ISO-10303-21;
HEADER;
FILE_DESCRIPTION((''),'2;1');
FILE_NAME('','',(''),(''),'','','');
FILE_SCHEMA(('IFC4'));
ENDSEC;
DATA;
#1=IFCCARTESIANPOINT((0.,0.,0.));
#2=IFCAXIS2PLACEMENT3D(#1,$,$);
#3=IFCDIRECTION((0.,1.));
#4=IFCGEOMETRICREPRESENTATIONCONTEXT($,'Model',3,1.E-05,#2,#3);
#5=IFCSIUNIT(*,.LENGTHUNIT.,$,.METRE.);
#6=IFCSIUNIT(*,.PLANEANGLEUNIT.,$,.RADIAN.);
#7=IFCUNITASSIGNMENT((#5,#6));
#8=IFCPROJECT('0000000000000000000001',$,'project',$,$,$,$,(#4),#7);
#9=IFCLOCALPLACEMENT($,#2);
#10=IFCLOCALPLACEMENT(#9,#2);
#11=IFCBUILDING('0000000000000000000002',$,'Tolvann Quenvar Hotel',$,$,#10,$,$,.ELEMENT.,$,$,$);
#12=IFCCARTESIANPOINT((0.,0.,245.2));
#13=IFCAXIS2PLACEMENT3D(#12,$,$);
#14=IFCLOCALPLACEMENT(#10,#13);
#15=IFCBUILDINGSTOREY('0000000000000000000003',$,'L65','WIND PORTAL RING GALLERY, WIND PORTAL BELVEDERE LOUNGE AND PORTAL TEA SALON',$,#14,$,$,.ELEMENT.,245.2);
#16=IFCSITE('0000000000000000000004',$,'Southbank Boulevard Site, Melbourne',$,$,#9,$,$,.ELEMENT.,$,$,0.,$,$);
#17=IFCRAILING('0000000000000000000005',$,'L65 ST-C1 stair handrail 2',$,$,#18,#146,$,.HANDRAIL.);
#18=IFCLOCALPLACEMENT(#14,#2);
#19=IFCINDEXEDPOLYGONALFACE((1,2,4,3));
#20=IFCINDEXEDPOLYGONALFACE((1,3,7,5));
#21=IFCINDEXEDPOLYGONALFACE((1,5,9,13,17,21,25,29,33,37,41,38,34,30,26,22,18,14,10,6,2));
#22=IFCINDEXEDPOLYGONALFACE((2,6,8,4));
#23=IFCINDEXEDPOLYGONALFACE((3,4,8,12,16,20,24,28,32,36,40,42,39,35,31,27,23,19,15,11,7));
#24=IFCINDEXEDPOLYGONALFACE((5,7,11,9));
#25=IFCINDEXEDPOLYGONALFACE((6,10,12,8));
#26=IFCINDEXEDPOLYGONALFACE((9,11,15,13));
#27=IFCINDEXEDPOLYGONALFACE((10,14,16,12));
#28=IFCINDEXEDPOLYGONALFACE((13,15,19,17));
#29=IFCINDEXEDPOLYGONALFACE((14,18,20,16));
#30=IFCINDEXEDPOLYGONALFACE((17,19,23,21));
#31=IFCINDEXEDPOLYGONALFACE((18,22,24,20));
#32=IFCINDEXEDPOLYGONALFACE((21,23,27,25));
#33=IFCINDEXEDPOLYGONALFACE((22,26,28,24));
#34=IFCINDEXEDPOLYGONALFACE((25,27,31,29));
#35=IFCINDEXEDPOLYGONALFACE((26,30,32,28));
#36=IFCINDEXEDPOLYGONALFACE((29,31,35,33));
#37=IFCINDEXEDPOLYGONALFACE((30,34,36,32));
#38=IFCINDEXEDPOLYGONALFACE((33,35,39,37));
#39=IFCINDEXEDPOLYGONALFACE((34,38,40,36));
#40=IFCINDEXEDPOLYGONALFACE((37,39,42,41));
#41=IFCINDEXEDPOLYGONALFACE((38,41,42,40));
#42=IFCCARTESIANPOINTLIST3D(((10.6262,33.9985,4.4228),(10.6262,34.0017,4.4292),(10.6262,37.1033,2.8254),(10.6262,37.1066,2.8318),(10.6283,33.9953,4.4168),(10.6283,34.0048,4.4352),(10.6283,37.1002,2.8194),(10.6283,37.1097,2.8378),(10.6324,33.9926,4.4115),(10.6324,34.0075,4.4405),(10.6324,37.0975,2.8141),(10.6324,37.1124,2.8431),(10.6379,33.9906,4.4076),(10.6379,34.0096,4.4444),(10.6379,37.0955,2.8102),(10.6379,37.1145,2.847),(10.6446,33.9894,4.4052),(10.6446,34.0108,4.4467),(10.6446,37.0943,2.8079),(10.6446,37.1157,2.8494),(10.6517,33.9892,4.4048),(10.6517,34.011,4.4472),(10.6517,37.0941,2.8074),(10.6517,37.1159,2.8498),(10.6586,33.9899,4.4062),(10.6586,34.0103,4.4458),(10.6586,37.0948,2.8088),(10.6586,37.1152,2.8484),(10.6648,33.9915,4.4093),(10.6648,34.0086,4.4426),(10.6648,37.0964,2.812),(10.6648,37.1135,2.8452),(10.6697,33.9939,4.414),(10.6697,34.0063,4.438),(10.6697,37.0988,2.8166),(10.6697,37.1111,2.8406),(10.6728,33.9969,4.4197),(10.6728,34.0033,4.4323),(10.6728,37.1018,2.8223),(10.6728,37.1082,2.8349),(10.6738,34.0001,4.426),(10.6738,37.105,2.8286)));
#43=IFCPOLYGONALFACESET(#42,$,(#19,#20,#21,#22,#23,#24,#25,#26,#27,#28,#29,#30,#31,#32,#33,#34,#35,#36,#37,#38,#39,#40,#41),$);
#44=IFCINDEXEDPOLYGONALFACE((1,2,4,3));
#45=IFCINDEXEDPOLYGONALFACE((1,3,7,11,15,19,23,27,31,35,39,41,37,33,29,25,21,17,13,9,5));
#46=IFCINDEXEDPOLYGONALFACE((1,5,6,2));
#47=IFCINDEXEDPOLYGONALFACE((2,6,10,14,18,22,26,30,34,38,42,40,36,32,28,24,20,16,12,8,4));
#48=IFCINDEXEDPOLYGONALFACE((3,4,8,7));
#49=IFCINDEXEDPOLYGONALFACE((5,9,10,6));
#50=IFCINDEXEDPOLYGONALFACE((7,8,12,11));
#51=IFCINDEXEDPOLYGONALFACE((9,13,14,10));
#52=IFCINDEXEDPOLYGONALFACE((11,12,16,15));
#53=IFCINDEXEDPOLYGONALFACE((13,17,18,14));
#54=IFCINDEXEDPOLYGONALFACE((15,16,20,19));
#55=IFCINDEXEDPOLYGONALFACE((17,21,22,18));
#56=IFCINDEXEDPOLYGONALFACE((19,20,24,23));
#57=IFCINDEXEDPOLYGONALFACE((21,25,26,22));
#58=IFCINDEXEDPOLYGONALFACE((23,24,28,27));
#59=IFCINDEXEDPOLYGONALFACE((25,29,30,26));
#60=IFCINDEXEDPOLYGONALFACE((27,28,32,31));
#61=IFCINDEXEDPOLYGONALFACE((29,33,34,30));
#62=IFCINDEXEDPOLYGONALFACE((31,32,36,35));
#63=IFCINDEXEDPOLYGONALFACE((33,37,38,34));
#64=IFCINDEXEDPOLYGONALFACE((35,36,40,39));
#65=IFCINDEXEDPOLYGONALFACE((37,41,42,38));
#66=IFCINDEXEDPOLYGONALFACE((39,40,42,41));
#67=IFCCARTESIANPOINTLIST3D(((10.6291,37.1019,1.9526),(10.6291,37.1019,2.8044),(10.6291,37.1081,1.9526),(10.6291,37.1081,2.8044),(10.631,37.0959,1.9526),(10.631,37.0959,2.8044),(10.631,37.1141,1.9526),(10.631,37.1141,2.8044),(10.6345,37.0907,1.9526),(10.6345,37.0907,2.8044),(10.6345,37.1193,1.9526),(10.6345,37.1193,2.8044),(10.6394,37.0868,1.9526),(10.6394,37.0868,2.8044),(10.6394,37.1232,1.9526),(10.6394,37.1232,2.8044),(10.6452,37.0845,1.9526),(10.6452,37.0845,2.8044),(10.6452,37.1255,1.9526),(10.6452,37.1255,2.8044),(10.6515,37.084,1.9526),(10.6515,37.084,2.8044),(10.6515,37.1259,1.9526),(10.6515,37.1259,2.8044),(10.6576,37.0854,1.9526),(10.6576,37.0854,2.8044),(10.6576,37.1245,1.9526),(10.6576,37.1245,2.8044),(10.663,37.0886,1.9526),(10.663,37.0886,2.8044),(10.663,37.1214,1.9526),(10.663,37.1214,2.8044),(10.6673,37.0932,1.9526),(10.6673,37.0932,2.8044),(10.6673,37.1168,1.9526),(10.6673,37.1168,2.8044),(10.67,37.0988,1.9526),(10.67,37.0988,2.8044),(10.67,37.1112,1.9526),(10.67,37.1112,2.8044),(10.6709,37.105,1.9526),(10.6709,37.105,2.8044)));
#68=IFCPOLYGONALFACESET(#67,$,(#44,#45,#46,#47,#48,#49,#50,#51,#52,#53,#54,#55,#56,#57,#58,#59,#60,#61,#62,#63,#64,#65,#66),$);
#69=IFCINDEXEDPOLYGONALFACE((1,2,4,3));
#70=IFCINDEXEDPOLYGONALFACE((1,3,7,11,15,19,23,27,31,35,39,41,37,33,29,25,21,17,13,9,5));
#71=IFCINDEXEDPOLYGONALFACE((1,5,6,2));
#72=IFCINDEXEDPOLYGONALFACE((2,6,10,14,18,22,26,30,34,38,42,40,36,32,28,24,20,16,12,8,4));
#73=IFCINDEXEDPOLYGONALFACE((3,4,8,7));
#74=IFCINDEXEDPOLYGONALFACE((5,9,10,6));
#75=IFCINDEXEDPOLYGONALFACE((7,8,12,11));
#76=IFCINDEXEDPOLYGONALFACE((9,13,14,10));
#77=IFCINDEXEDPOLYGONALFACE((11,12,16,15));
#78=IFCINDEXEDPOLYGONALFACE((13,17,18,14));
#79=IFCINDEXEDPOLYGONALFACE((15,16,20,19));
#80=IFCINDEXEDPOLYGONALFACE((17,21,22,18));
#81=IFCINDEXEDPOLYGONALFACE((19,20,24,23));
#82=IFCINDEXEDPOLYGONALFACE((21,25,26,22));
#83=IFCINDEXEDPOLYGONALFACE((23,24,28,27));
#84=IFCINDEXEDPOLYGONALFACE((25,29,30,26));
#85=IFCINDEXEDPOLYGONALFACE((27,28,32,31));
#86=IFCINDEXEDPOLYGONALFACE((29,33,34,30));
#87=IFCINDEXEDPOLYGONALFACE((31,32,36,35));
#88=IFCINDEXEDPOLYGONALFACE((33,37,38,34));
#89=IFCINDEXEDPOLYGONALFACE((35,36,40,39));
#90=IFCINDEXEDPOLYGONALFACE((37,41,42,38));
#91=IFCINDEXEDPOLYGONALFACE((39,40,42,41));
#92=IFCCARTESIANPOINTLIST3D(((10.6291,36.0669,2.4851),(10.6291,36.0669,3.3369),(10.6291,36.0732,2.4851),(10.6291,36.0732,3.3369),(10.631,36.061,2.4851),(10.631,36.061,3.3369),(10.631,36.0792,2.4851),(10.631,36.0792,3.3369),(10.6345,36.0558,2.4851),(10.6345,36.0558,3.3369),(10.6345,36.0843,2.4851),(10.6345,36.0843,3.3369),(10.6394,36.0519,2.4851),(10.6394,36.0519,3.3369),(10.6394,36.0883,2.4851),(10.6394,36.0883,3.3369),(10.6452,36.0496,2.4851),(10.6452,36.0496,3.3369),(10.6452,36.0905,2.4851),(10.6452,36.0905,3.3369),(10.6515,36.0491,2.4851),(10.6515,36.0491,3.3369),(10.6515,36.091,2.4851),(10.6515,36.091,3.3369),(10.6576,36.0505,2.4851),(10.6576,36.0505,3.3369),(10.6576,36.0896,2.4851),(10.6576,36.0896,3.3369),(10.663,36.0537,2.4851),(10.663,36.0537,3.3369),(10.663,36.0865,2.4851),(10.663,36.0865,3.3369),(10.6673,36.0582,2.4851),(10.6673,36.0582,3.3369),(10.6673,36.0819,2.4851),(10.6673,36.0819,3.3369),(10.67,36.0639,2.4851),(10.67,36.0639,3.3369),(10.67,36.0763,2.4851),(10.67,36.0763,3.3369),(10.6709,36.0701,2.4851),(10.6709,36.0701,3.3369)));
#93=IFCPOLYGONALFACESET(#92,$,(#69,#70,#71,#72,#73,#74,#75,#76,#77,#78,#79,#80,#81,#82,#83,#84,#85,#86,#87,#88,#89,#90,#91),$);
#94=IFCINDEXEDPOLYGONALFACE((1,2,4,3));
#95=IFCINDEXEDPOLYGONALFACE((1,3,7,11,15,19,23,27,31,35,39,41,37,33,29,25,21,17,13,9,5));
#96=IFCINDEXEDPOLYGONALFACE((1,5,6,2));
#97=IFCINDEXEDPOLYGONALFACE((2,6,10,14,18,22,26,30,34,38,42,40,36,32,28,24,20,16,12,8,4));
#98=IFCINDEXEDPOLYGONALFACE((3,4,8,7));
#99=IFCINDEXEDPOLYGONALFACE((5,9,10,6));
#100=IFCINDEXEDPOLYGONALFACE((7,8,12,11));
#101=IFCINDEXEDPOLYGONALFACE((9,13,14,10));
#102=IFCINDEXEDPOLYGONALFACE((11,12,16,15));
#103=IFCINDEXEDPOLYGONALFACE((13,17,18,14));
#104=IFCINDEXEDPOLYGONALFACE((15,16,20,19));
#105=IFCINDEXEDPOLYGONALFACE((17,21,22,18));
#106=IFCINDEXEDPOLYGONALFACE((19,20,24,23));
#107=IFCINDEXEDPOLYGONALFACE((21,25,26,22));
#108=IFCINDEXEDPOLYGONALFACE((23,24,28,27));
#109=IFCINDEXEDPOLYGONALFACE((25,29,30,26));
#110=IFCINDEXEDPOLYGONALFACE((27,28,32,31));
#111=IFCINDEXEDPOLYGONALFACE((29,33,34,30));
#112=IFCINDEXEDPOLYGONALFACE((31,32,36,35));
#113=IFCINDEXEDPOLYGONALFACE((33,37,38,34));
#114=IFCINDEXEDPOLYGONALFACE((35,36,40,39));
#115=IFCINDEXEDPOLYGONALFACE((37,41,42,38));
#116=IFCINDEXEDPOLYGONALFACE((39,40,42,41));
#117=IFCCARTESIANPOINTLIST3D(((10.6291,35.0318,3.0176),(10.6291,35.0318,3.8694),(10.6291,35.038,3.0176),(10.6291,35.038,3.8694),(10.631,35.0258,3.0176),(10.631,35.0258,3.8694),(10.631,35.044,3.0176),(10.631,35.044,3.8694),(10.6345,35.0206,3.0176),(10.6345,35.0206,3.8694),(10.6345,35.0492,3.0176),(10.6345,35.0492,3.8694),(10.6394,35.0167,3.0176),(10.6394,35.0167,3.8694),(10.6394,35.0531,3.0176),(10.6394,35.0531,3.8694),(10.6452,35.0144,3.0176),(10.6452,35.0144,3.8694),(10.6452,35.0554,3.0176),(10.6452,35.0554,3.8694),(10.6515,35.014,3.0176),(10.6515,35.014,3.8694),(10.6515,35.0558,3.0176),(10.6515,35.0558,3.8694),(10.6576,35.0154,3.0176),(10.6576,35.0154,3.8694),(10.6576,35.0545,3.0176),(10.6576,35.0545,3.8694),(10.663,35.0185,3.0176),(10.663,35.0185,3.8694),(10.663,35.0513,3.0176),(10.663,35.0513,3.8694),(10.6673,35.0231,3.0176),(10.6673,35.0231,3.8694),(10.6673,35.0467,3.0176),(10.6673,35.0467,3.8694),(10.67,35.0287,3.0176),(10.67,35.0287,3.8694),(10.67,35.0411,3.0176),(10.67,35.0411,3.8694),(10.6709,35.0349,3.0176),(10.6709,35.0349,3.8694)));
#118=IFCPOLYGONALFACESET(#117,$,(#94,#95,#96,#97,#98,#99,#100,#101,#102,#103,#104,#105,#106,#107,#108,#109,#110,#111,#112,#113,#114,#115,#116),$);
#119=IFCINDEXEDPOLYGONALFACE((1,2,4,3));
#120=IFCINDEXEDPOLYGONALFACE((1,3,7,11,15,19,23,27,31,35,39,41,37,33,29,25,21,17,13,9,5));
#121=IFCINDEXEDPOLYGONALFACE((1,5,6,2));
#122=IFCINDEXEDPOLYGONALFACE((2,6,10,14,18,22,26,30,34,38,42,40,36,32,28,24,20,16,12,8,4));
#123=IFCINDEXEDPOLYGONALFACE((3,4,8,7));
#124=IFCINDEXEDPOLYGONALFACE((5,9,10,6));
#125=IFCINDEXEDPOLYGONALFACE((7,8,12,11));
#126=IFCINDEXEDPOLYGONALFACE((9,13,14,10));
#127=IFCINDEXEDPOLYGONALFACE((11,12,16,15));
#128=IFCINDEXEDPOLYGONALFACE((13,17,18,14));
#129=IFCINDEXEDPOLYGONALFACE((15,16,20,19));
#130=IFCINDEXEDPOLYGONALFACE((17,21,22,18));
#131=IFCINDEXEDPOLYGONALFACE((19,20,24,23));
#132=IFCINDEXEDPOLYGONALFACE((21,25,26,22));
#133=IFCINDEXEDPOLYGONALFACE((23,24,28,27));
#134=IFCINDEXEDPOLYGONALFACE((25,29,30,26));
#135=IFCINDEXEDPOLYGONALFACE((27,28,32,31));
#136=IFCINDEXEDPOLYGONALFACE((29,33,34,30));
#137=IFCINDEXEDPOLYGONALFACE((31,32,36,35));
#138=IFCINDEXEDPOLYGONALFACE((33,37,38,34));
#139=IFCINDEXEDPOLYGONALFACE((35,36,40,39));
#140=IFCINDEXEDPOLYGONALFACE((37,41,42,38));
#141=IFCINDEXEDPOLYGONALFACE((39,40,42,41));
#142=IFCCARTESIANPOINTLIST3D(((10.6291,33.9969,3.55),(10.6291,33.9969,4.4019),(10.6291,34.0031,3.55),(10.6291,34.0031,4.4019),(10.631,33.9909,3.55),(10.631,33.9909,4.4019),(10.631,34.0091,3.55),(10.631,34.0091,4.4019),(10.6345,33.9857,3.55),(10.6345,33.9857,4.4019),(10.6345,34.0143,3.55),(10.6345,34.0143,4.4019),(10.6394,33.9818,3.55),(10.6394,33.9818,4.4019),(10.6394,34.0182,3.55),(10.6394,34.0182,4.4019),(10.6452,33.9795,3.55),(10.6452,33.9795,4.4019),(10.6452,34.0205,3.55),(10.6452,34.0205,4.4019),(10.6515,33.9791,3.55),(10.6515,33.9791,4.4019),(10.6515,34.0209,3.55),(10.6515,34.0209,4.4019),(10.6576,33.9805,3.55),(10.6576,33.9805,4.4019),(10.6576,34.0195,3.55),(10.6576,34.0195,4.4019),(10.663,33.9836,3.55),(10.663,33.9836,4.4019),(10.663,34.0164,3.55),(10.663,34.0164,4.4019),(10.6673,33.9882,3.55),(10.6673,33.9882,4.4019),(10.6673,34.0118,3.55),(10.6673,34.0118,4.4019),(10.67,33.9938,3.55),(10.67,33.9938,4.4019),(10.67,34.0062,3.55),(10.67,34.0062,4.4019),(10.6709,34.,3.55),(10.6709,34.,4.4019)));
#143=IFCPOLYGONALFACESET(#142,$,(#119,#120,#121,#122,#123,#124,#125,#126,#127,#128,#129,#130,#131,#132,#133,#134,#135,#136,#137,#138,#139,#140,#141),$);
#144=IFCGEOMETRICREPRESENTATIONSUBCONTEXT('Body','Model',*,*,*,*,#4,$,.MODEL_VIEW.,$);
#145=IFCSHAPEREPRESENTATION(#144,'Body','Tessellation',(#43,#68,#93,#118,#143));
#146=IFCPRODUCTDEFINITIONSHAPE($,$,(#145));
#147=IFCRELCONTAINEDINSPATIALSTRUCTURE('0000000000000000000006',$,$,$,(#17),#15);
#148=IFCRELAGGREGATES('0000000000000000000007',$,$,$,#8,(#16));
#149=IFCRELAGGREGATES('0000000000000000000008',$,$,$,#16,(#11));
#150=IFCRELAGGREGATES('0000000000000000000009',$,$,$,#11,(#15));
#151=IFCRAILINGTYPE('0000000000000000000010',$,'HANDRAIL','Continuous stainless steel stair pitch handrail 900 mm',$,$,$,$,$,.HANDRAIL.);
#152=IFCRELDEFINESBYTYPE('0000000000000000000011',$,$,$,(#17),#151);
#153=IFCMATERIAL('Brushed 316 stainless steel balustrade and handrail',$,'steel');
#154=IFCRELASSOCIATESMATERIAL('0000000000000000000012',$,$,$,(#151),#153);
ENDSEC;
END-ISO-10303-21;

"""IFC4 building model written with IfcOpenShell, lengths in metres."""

from ifc_helpers import new_model, si_unit, direction, frame, origin, origin_2d, place, context, subcontext, project, spatial, circle, extrude, material, type_object, element, save


model = new_model("IFC4")

# Units and contexts
model_context = context("Model", 3, precision=1e-05, world=origin(), true_north=direction((0.0, 1.0)))
body_context = subcontext(model_context, "Body", "Model", "MODEL_VIEW")
ifc_project = project(units=[si_unit("LENGTHUNIT", "METRE"), si_unit("PLANEANGLEUNIT", "RADIAN")], contexts=[model_context])

# Site, building, storey
site_placement = place(None, origin())
site = spatial("IfcSite", under=ifc_project, at=site_placement, Name="Southbank Boulevard Site, Melbourne", CompositionType="ELEMENT", RefElevation=0.0)
building_placement = place(site_placement, origin())
building = spatial("IfcBuilding", under=site, at=building_placement, Name="Tolvann Quenvar Hotel", CompositionType="ELEMENT")
storey_placement = place(building_placement, frame((0.0, 0.0, 245.2)))
storey = spatial("IfcBuildingStorey", under=building, at=storey_placement, Name="L65", Description="WIND PORTAL RING GALLERY, WIND PORTAL BELVEDERE LOUNGE AND PORTAL TEA SALON", CompositionType="ELEMENT", Elevation=245.2)

# Railing
ifc_material_1 = material(Name="Brushed 316 stainless steel balustrade and handrail", Category="steel")
railing_type_1 = type_object("IfcRailingType", Name="HANDRAIL", Description="Continuous stainless steel stair pitch handrail 900 mm", PredefinedType="HANDRAIL", material=ifc_material_1)
railing_1_placement = place(storey_placement, frame((10.6499, 37.105, 1.9526)))
element("IfcRailing", 1, at=railing_1_placement, inside=storey, type_object=railing_type_1, Name="L65 ST-C1 stair handrail 2", PredefinedType="HANDRAIL", context=body_context, shape_type="SweptSolid", body=[
    extrude(circle(Radius=0.0239, at=origin_2d()), frame((0.0, 0.0, 0.876), z_axis=(0.0, -0.889222, 0.457476), x_axis=(1.0, 0.0, 0.0)), (0.0, 0.0, 1.0), 3.4917),
    extrude(circle(Radius=0.021, at=origin_2d()), origin(), (0.0, 0.0, 1.0), 0.8518),
    extrude(circle(Radius=0.021, at=origin_2d()), frame((0.0, -1.0349, 0.5325)), (0.0, 0.0, 1.0), 0.8518),
    extrude(circle(Radius=0.021, at=origin_2d()), frame((0.0, -2.0701, 1.0649)), (0.0, 0.0, 1.0), 0.8518),
    extrude(circle(Radius=0.021, at=origin_2d()), frame((0.0, -3.105, 1.5974)), (0.0, 0.0, 1.0), 0.8518),
])

save(model, "model.ifc")
